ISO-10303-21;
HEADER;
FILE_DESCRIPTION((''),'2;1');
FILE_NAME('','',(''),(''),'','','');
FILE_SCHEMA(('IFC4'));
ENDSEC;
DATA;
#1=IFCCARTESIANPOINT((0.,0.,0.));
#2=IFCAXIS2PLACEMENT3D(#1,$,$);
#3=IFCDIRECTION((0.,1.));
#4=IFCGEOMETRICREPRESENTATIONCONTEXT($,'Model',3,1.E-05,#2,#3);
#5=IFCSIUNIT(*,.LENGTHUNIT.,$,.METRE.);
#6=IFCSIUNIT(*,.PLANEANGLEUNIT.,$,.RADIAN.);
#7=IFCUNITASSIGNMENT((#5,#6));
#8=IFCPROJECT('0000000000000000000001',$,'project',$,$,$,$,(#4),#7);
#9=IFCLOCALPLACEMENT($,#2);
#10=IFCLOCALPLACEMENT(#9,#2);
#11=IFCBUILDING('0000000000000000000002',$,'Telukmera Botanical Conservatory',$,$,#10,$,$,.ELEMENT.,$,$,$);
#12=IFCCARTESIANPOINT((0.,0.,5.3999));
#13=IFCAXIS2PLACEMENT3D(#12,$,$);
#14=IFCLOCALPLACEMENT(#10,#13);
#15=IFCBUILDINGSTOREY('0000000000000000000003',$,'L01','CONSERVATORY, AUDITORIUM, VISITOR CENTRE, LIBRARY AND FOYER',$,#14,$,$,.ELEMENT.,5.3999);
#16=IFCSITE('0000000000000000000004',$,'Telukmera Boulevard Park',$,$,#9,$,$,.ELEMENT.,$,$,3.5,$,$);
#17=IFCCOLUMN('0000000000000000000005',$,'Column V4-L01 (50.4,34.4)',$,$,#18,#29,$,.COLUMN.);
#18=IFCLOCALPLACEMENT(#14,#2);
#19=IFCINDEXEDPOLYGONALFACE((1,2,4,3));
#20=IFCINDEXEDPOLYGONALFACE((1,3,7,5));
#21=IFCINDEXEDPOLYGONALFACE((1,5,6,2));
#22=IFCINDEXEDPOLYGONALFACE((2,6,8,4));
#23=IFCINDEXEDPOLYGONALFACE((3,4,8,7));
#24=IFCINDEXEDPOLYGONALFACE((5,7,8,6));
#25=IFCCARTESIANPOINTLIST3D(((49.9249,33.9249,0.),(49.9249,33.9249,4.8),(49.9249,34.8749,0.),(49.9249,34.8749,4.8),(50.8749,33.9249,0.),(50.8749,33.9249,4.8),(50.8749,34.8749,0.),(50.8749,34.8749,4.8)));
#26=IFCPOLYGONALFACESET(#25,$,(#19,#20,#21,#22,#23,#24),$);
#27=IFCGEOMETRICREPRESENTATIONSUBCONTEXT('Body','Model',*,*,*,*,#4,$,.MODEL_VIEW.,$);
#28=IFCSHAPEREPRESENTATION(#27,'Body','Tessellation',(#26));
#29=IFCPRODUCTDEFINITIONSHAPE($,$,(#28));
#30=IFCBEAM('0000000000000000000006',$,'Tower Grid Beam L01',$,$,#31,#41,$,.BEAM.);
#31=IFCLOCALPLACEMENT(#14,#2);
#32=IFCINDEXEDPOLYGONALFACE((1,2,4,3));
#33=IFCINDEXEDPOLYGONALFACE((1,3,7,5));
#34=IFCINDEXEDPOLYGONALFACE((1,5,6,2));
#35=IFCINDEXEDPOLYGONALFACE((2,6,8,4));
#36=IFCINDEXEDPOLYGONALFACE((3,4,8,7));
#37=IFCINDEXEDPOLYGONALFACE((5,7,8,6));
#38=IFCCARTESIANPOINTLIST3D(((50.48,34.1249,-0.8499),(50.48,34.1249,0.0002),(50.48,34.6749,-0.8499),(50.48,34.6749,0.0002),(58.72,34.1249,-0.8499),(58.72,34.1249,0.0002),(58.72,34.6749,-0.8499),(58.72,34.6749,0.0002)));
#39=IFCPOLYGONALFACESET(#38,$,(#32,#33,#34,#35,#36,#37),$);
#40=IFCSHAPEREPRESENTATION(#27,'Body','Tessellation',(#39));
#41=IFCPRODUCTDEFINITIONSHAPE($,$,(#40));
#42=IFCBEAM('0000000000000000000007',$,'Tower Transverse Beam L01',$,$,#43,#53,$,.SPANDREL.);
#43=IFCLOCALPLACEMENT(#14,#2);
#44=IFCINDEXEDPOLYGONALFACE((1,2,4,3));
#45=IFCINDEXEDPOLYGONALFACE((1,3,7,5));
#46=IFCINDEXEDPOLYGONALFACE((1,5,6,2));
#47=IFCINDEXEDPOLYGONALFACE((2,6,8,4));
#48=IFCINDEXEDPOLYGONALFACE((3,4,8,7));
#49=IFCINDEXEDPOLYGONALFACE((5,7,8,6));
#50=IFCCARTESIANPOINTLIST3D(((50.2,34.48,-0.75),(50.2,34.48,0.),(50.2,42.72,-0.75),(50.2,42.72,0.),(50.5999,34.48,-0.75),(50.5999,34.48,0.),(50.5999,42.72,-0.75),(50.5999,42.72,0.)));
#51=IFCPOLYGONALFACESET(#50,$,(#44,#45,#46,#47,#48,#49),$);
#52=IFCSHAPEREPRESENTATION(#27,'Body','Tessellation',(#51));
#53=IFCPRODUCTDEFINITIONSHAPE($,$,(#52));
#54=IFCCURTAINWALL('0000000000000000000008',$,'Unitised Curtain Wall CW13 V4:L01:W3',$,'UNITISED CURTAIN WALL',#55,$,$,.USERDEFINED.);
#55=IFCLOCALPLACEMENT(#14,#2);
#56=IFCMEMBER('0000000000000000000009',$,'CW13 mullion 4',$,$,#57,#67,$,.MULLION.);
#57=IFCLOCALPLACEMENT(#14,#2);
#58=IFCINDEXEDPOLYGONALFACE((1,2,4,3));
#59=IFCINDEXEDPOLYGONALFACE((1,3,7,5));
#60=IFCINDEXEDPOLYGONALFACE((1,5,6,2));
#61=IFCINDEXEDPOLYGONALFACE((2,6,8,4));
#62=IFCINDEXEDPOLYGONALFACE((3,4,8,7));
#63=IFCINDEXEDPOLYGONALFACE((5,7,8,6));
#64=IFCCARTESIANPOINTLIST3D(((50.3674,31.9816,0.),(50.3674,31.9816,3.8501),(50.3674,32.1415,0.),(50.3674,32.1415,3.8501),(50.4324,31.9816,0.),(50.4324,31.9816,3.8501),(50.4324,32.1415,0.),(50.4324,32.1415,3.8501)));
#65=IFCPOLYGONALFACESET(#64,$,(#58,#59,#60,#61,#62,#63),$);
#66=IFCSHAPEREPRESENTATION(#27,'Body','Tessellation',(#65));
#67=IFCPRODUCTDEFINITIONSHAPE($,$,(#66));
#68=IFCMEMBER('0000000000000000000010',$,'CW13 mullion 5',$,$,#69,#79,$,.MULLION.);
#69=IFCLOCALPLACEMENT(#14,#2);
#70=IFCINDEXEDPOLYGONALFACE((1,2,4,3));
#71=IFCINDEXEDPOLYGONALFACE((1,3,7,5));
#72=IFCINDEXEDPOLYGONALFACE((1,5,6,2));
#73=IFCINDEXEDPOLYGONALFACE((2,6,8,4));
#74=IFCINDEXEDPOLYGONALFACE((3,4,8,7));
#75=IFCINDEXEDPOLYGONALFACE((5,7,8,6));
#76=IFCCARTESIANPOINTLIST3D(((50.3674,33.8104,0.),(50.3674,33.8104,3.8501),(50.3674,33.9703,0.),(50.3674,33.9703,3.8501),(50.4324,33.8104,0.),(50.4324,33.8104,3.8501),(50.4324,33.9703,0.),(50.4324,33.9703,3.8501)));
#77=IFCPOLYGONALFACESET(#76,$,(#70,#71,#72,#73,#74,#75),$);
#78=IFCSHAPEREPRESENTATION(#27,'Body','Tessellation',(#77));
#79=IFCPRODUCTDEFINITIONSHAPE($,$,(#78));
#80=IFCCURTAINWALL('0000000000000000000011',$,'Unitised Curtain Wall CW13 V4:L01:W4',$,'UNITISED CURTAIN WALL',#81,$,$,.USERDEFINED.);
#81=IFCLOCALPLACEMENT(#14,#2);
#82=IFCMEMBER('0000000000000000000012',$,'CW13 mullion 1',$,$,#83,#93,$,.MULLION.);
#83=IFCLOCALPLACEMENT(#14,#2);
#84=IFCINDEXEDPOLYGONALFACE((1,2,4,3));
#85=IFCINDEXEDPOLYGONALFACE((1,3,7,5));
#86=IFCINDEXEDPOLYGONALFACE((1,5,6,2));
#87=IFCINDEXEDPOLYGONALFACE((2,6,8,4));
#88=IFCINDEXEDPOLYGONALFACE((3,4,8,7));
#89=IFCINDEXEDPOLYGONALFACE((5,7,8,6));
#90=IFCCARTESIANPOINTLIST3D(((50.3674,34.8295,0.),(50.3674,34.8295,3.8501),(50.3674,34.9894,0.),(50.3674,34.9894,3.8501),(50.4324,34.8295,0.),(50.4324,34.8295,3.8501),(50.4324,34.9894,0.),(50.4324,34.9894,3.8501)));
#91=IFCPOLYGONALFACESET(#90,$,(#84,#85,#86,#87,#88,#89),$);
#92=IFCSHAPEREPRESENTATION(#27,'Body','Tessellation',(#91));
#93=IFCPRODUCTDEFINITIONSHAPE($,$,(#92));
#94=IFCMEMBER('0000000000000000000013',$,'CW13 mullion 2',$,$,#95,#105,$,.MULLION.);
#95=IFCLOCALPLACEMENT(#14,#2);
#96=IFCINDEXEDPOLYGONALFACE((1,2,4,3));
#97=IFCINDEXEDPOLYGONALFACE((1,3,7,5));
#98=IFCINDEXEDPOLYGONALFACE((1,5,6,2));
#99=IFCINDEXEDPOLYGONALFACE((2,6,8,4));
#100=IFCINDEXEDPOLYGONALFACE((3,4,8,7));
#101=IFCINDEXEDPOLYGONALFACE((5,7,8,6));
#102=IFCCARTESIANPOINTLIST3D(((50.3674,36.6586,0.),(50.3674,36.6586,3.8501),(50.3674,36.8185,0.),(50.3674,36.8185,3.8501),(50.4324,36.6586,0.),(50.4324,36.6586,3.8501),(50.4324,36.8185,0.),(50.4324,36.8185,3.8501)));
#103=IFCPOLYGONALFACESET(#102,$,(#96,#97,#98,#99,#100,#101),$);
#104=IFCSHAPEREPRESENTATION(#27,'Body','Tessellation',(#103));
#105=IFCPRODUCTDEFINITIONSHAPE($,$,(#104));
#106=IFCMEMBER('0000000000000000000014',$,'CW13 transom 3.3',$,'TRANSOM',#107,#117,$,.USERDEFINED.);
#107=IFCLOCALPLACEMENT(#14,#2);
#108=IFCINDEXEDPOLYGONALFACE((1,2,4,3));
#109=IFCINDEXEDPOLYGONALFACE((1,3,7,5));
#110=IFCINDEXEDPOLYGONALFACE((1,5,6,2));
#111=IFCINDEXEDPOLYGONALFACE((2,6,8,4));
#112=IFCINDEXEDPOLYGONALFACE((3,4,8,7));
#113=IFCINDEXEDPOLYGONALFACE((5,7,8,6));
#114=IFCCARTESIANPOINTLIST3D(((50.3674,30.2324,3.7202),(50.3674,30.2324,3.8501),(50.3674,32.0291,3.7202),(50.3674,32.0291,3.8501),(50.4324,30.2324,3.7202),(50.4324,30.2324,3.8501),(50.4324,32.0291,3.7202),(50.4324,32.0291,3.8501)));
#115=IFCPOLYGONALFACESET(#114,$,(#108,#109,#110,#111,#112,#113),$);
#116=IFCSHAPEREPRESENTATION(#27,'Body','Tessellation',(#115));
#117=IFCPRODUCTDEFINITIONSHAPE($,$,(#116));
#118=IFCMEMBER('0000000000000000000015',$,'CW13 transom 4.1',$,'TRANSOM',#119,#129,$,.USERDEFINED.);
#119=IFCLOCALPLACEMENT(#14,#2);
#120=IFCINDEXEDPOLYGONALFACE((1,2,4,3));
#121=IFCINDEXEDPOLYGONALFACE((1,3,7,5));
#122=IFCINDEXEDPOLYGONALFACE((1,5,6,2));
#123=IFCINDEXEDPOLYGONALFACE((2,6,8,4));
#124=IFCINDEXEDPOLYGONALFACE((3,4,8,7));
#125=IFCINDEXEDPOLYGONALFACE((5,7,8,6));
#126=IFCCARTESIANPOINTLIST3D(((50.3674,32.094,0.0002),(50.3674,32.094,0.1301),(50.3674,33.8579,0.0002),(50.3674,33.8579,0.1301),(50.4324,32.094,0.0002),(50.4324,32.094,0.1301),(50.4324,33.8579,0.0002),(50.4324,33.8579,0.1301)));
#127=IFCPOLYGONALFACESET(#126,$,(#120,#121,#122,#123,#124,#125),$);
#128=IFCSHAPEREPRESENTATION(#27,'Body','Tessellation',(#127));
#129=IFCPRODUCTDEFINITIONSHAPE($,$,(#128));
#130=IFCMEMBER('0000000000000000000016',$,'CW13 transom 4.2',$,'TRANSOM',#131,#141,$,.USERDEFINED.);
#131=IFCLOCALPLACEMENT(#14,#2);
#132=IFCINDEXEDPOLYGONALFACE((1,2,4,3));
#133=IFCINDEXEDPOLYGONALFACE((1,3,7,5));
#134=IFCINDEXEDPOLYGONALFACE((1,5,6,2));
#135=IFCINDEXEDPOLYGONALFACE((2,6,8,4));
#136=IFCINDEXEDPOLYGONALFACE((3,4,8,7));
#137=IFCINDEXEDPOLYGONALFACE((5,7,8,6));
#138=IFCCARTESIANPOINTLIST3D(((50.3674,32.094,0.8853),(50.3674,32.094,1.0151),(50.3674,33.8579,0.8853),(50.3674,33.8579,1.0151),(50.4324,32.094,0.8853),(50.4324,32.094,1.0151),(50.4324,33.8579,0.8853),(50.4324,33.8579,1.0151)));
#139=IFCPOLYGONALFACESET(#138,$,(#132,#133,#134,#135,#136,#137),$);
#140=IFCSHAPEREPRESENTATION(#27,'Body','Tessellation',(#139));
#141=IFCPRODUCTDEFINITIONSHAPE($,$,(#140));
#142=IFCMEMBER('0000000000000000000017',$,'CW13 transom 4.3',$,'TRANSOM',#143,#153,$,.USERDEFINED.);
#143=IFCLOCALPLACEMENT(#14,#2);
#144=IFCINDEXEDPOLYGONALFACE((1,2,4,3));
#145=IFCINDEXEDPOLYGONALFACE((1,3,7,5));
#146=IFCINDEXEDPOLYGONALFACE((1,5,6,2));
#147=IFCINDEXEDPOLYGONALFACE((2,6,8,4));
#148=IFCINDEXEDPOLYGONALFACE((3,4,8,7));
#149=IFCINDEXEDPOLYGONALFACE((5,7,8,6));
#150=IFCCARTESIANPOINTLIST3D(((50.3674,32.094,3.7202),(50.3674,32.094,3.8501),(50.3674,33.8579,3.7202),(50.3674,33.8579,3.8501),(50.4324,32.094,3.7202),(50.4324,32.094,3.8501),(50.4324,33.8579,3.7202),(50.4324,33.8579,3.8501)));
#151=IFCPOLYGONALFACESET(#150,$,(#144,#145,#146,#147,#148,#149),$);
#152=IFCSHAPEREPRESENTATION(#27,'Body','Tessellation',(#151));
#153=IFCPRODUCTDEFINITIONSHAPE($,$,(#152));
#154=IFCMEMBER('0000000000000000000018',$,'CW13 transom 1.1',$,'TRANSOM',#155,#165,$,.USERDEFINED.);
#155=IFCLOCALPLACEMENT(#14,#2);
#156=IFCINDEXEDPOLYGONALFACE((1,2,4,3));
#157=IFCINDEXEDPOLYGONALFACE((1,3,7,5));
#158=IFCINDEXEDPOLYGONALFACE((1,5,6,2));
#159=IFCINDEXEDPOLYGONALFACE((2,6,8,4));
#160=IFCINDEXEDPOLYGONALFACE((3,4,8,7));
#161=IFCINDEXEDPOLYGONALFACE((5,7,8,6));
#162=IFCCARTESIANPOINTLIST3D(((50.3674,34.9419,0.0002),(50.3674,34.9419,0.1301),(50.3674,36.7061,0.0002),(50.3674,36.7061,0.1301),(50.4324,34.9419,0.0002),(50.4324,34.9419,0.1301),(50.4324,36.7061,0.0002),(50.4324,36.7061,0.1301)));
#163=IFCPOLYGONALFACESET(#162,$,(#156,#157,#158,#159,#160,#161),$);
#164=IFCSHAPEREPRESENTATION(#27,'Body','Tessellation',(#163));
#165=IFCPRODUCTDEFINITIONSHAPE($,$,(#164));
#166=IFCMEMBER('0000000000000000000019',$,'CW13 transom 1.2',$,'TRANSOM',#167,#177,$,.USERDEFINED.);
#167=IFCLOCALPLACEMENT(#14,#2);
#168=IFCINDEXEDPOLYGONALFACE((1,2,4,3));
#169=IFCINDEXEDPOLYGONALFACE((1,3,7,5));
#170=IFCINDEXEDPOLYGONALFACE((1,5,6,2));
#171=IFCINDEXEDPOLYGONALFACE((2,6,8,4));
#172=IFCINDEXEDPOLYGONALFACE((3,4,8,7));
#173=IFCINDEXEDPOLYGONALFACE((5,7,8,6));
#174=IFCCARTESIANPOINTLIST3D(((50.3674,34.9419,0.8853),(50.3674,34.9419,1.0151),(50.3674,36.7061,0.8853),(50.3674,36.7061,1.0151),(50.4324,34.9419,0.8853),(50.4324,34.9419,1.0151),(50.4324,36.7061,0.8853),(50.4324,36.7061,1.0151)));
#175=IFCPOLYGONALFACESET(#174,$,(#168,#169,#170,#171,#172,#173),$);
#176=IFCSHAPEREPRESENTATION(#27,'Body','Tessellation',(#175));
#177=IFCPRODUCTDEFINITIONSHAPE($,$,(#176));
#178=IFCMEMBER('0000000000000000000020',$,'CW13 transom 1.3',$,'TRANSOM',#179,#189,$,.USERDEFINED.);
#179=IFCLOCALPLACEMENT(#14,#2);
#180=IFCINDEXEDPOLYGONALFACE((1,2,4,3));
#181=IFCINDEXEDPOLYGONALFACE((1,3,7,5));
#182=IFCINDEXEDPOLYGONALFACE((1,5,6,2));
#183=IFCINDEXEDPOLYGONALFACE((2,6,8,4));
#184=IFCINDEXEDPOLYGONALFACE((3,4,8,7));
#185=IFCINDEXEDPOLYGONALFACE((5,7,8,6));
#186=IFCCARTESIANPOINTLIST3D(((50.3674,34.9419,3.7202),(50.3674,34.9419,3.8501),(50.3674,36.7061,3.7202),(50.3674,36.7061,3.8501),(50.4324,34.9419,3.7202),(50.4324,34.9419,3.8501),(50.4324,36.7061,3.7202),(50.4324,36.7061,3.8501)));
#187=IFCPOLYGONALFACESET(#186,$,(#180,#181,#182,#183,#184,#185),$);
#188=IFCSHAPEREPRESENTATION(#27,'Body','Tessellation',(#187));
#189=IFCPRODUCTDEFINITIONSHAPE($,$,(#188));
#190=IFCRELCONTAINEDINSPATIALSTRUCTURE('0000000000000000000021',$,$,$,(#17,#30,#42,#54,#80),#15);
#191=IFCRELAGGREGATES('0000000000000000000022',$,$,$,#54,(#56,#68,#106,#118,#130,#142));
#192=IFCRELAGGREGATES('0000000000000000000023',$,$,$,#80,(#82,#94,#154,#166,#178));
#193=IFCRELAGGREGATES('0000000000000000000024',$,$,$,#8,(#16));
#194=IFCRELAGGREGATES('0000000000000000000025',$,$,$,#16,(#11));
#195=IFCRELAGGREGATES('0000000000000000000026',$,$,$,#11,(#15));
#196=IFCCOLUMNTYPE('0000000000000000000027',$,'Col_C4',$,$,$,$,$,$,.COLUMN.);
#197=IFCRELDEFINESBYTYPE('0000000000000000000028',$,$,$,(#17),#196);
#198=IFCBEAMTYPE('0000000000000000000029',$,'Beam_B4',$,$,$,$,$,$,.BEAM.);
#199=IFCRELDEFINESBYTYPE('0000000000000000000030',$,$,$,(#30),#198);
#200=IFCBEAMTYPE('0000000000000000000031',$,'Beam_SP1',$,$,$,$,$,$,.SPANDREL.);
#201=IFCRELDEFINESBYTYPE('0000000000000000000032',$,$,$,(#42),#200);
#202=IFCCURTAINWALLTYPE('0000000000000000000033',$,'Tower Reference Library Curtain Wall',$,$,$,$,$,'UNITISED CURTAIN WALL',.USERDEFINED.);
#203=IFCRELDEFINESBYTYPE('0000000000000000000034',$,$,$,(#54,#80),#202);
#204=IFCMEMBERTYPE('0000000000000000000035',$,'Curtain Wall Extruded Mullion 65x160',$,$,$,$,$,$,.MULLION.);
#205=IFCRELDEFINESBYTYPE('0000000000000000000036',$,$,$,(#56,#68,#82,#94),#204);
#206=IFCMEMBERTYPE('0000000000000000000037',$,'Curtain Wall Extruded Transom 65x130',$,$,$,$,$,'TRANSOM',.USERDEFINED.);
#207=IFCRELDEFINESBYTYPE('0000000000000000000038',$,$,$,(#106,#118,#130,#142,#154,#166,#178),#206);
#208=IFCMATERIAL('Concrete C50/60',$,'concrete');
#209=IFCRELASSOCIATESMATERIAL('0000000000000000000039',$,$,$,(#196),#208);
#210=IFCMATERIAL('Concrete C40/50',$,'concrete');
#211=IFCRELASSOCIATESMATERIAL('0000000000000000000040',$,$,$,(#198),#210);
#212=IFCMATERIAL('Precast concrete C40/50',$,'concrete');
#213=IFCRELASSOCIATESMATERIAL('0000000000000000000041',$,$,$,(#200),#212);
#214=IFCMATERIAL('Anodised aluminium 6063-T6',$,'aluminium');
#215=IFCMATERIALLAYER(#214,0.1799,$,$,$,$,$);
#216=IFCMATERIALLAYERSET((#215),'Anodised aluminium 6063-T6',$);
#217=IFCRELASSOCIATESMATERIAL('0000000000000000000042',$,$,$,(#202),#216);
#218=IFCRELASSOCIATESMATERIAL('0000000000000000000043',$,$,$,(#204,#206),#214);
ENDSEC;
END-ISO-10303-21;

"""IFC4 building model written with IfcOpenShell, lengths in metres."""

from ifc_helpers import new_model, si_unit, direction, frame, origin, origin_2d, place, context, subcontext, project, spatial, rectangle, extrude, material, layer, layer_set, material_profile, profile_set, type_object, element, aggregate, save


model = new_model("IFC4")

# Units and contexts
model_context = context("Model", 3, precision=1e-05, world=origin(), true_north=direction((0.0, 1.0)))
body_context = subcontext(model_context, "Body", "Model", "MODEL_VIEW")
ifc_project = project(units=[si_unit("LENGTHUNIT", "METRE"), si_unit("PLANEANGLEUNIT", "RADIAN")], contexts=[model_context])

# Site, building, storey
site_placement = place(None, origin())
site = spatial("IfcSite", under=ifc_project, at=site_placement, Name="Telukmera Boulevard Park", CompositionType="ELEMENT", RefElevation=3.5)
building_placement = place(site_placement, origin())
building = spatial("IfcBuilding", under=site, at=building_placement, Name="Telukmera Botanical Conservatory", CompositionType="ELEMENT")
storey_placement = place(building_placement, frame((0.0, 0.0, 5.3999)))
storey = spatial("IfcBuildingStorey", under=building, at=storey_placement, Name="L01", Description="CONSERVATORY, AUDITORIUM, VISITOR CENTRE, LIBRARY AND FOYER", CompositionType="ELEMENT", Elevation=5.3999)

# Column
ifc_material_1 = material(Name="Concrete C50/60", Category="concrete")
ifc_material_profile_1 = material_profile(ifc_material_1, rectangle(XDim=0.95, YDim=0.95, at=origin_2d()), Name="RC 950x950")
ifc_profile_set_1 = profile_set([ifc_material_profile_1], Name="Concrete C50/60")
column_type = type_object("IfcColumnType", Name="Col_C4", PredefinedType="COLUMN", material=ifc_profile_set_1)
column_placement = place(storey_placement, frame((50.3999, 34.3999, 0.0), z_axis=(0.0, 0.0, 1.0), x_axis=(1.0, 0.0, 0.0)))
element("IfcColumn", 1, at=column_placement, inside=storey, type_object=column_type, Name="Column V4-L01 (50.4,34.4)", PredefinedType="COLUMN", context=body_context, shape_type="SweptSolid", body=[
    extrude(rectangle(XDim=0.95, YDim=0.95, at=origin_2d()), origin(), (0.0, 0.0, 1.0), 4.8),
])

# Beams
ifc_material_2 = material(Name="Concrete C40/50", Category="concrete")
ifc_material_profile_2 = material_profile(ifc_material_2, rectangle(XDim=0.55, YDim=0.8501, at=origin_2d()), Name="RC 550x850")
ifc_profile_set_2 = profile_set([ifc_material_profile_2], Name="Concrete C40/50")
beam_type_1 = type_object("IfcBeamType", Name="Beam_B4", PredefinedType="BEAM", material=ifc_profile_set_2)
beam_1_placement = place(storey_placement, frame((50.48, 34.3999, -0.4248), z_axis=(1.0, 0.0, 0.0), x_axis=(0.0, 1.0, 0.0)))
element("IfcBeam", 2, at=beam_1_placement, inside=storey, type_object=beam_type_1, Name="Tower Grid Beam L01", PredefinedType="BEAM", context=body_context, shape_type="SweptSolid", body=[
    extrude(rectangle(XDim=0.55, YDim=0.8501, at=origin_2d()), origin(), (0.0, 0.0, 1.0), 8.24),
])
ifc_material_3 = material(Name="Precast concrete C40/50", Category="concrete")
ifc_material_profile_3 = material_profile(ifc_material_3, rectangle(XDim=0.3999, YDim=0.75, at=origin_2d()), Name="PC 400x750")
ifc_profile_set_3 = profile_set([ifc_material_profile_3], Name="Precast concrete C40/50")
beam_type_2 = type_object("IfcBeamType", Name="Beam_SP1", PredefinedType="SPANDREL", material=ifc_profile_set_3)
beam_2_placement = place(storey_placement, frame((50.3999, 34.48, -0.375), z_axis=(0.0, 1.0, 0.0), x_axis=(-1.0, 0.0, 0.0)))
element("IfcBeam", 3, at=beam_2_placement, inside=storey, type_object=beam_type_2, Name="Tower Transverse Beam L01", PredefinedType="SPANDREL", context=body_context, shape_type="SweptSolid", body=[
    extrude(rectangle(XDim=0.3999, YDim=0.75, at=origin_2d()), origin(), (0.0, 0.0, 1.0), 8.24),
])

# Curtain walls, members
ifc_material_4 = material(Name="Anodised aluminium 6063-T6", Category="aluminium")
ifc_layer_1 = layer(ifc_material_4, 0.1799)
ifc_layer_set_1 = layer_set([ifc_layer_1], Name="Anodised aluminium 6063-T6")
curtain_wall_type = type_object("IfcCurtainWallType", Name="Tower Reference Library Curtain Wall", ElementType="UNITISED CURTAIN WALL", PredefinedType="USERDEFINED", material=ifc_layer_set_1)
curtain_wall_1_placement = place(storey_placement, origin())
curtain_wall_1 = element("IfcCurtainWall", 4, at=curtain_wall_1_placement, inside=storey, type_object=curtain_wall_type, Name="Unitised Curtain Wall CW13 V4:L01:W3", ObjectType="UNITISED CURTAIN WALL", PredefinedType="USERDEFINED")
ifc_material_profile_4 = material_profile(ifc_material_4, rectangle(XDim=0.0649, YDim=0.1599, at=origin_2d()), Name="ALU MULL 65x160")
ifc_profile_set_4 = profile_set([ifc_material_profile_4], Name="Anodised aluminium 6063-T6")
member_type_1 = type_object("IfcMemberType", Name="Curtain Wall Extruded Mullion 65x160", PredefinedType="MULLION", material=ifc_profile_set_4)
member_1_placement = place(storey_placement, frame((50.3999, 32.0615, 0.0), z_axis=(0.0, 0.0, 1.0), x_axis=(-1.0, 0.0, 0.0)))
member_1 = element("IfcMember", 5, at=member_1_placement, type_object=member_type_1, Name="CW13 mullion 4", PredefinedType="MULLION", context=body_context, shape_type="SweptSolid", body=[
    extrude(rectangle(XDim=0.0649, YDim=0.1599, at=origin_2d()), origin(), (0.0, 0.0, 1.0), 3.8501),
])
member_2_placement = place(storey_placement, frame((50.3999, 33.8904, 0.0), z_axis=(0.0, 0.0, 1.0), x_axis=(-1.0, 0.0, 0.0)))
member_2 = element("IfcMember", 6, at=member_2_placement, type_object=member_type_1, Name="CW13 mullion 5", PredefinedType="MULLION", context=body_context, shape_type="SweptSolid", body=[
    extrude(rectangle(XDim=0.0649, YDim=0.1599, at=origin_2d()), origin(), (0.0, 0.0, 1.0), 3.8501),
])
curtain_wall_2_placement = place(storey_placement, origin())
curtain_wall_2 = element("IfcCurtainWall", 7, at=curtain_wall_2_placement, inside=storey, type_object=curtain_wall_type, Name="Unitised Curtain Wall CW13 V4:L01:W4", ObjectType="UNITISED CURTAIN WALL", PredefinedType="USERDEFINED")
member_3_placement = place(storey_placement, frame((50.3999, 34.9094, 0.0), z_axis=(0.0, 0.0, 1.0), x_axis=(-1.0, 0.0, 0.0)))
member_3 = element("IfcMember", 8, at=member_3_placement, type_object=member_type_1, Name="CW13 mullion 1", PredefinedType="MULLION", context=body_context, shape_type="SweptSolid", body=[
    extrude(rectangle(XDim=0.0649, YDim=0.1599, at=origin_2d()), origin(), (0.0, 0.0, 1.0), 3.8501),
])
member_4_placement = place(storey_placement, frame((50.3999, 36.7385, 0.0), z_axis=(0.0, 0.0, 1.0), x_axis=(-1.0, 0.0, 0.0)))
member_4 = element("IfcMember", 9, at=member_4_placement, type_object=member_type_1, Name="CW13 mullion 2", PredefinedType="MULLION", context=body_context, shape_type="SweptSolid", body=[
    extrude(rectangle(XDim=0.0649, YDim=0.1599, at=origin_2d()), origin(), (0.0, 0.0, 1.0), 3.8501),
])

# Members
ifc_material_profile_5 = material_profile(ifc_material_4, rectangle(XDim=0.0649, YDim=0.1299, at=origin_2d()), Name="ALU TRAN 65x130")
ifc_profile_set_5 = profile_set([ifc_material_profile_5], Name="Anodised aluminium 6063-T6")
member_type_2 = type_object("IfcMemberType", Name="Curtain Wall Extruded Transom 65x130", ElementType="TRANSOM", PredefinedType="USERDEFINED", material=ifc_profile_set_5)
member_5_placement = place(storey_placement, frame((50.3999, 30.2324, 3.7852), z_axis=(0.0, 1.0, 0.0), x_axis=(-1.0, 0.0, 0.0)))
member_5 = element("IfcMember", 10, at=member_5_placement, type_object=member_type_2, Name="CW13 transom 3.3", ObjectType="TRANSOM", PredefinedType="USERDEFINED", context=body_context, shape_type="SweptSolid", body=[
    extrude(rectangle(XDim=0.0649, YDim=0.1299, at=origin_2d()), origin(), (0.0, 0.0, 1.0), 1.7966),
])
member_6_placement = place(storey_placement, frame((50.3999, 32.094, 0.0652), z_axis=(0.0, 1.0, 0.0), x_axis=(-1.0, 0.0, 0.0)))
member_6 = element("IfcMember", 11, at=member_6_placement, type_object=member_type_2, Name="CW13 transom 4.1", ObjectType="TRANSOM", PredefinedType="USERDEFINED", context=body_context, shape_type="SweptSolid", body=[
    extrude(rectangle(XDim=0.0649, YDim=0.1299, at=origin_2d()), origin(), (0.0, 0.0, 1.0), 1.7639),
])
member_7_placement = place(storey_placement, frame((50.3999, 32.094, 0.9502), z_axis=(0.0, 1.0, 0.0), x_axis=(-1.0, 0.0, 0.0)))
member_7 = element("IfcMember", 12, at=member_7_placement, type_object=member_type_2, Name="CW13 transom 4.2", ObjectType="TRANSOM", PredefinedType="USERDEFINED", context=body_context, shape_type="SweptSolid", body=[
    extrude(rectangle(XDim=0.0649, YDim=0.1299, at=origin_2d()), origin(), (0.0, 0.0, 1.0), 1.7639),
])
member_8_placement = place(storey_placement, frame((50.3999, 32.094, 3.7852), z_axis=(0.0, 1.0, 0.0), x_axis=(-1.0, 0.0, 0.0)))
member_8 = element("IfcMember", 13, at=member_8_placement, type_object=member_type_2, Name="CW13 transom 4.3", ObjectType="TRANSOM", PredefinedType="USERDEFINED", context=body_context, shape_type="SweptSolid", body=[
    extrude(rectangle(XDim=0.0649, YDim=0.1299, at=origin_2d()), origin(), (0.0, 0.0, 1.0), 1.7639),
])
member_9_placement = place(storey_placement, frame((50.3999, 34.9419, 0.0652), z_axis=(0.0, 1.0, 0.0), x_axis=(-1.0, 0.0, 0.0)))
member_9 = element("IfcMember", 14, at=member_9_placement, type_object=member_type_2, Name="CW13 transom 1.1", ObjectType="TRANSOM", PredefinedType="USERDEFINED", context=body_context, shape_type="SweptSolid", body=[
    extrude(rectangle(XDim=0.0649, YDim=0.1299, at=origin_2d()), origin(), (0.0, 0.0, 1.0), 1.7642),
])
member_10_placement = place(storey_placement, frame((50.3999, 34.9419, 0.9502), z_axis=(0.0, 1.0, 0.0), x_axis=(-1.0, 0.0, 0.0)))
member_10 = element("IfcMember", 15, at=member_10_placement, type_object=member_type_2, Name="CW13 transom 1.2", ObjectType="TRANSOM", PredefinedType="USERDEFINED", context=body_context, shape_type="SweptSolid", body=[
    extrude(rectangle(XDim=0.0649, YDim=0.1299, at=origin_2d()), origin(), (0.0, 0.0, 1.0), 1.7642),
])
member_11_placement = place(storey_placement, frame((50.3999, 34.9419, 3.7852), z_axis=(0.0, 1.0, 0.0), x_axis=(-1.0, 0.0, 0.0)))
member_11 = element("IfcMember", 16, at=member_11_placement, type_object=member_type_2, Name="CW13 transom 1.3", ObjectType="TRANSOM", PredefinedType="USERDEFINED", context=body_context, shape_type="SweptSolid", body=[
    extrude(rectangle(XDim=0.0649, YDim=0.1299, at=origin_2d()), origin(), (0.0, 0.0, 1.0), 1.7642),
])

aggregate(curtain_wall_1, [member_1, member_2, member_5, member_6, member_7, member_8])
aggregate(curtain_wall_2, [member_3, member_4, member_9, member_10, member_11])

save(model, "model.ifc")
